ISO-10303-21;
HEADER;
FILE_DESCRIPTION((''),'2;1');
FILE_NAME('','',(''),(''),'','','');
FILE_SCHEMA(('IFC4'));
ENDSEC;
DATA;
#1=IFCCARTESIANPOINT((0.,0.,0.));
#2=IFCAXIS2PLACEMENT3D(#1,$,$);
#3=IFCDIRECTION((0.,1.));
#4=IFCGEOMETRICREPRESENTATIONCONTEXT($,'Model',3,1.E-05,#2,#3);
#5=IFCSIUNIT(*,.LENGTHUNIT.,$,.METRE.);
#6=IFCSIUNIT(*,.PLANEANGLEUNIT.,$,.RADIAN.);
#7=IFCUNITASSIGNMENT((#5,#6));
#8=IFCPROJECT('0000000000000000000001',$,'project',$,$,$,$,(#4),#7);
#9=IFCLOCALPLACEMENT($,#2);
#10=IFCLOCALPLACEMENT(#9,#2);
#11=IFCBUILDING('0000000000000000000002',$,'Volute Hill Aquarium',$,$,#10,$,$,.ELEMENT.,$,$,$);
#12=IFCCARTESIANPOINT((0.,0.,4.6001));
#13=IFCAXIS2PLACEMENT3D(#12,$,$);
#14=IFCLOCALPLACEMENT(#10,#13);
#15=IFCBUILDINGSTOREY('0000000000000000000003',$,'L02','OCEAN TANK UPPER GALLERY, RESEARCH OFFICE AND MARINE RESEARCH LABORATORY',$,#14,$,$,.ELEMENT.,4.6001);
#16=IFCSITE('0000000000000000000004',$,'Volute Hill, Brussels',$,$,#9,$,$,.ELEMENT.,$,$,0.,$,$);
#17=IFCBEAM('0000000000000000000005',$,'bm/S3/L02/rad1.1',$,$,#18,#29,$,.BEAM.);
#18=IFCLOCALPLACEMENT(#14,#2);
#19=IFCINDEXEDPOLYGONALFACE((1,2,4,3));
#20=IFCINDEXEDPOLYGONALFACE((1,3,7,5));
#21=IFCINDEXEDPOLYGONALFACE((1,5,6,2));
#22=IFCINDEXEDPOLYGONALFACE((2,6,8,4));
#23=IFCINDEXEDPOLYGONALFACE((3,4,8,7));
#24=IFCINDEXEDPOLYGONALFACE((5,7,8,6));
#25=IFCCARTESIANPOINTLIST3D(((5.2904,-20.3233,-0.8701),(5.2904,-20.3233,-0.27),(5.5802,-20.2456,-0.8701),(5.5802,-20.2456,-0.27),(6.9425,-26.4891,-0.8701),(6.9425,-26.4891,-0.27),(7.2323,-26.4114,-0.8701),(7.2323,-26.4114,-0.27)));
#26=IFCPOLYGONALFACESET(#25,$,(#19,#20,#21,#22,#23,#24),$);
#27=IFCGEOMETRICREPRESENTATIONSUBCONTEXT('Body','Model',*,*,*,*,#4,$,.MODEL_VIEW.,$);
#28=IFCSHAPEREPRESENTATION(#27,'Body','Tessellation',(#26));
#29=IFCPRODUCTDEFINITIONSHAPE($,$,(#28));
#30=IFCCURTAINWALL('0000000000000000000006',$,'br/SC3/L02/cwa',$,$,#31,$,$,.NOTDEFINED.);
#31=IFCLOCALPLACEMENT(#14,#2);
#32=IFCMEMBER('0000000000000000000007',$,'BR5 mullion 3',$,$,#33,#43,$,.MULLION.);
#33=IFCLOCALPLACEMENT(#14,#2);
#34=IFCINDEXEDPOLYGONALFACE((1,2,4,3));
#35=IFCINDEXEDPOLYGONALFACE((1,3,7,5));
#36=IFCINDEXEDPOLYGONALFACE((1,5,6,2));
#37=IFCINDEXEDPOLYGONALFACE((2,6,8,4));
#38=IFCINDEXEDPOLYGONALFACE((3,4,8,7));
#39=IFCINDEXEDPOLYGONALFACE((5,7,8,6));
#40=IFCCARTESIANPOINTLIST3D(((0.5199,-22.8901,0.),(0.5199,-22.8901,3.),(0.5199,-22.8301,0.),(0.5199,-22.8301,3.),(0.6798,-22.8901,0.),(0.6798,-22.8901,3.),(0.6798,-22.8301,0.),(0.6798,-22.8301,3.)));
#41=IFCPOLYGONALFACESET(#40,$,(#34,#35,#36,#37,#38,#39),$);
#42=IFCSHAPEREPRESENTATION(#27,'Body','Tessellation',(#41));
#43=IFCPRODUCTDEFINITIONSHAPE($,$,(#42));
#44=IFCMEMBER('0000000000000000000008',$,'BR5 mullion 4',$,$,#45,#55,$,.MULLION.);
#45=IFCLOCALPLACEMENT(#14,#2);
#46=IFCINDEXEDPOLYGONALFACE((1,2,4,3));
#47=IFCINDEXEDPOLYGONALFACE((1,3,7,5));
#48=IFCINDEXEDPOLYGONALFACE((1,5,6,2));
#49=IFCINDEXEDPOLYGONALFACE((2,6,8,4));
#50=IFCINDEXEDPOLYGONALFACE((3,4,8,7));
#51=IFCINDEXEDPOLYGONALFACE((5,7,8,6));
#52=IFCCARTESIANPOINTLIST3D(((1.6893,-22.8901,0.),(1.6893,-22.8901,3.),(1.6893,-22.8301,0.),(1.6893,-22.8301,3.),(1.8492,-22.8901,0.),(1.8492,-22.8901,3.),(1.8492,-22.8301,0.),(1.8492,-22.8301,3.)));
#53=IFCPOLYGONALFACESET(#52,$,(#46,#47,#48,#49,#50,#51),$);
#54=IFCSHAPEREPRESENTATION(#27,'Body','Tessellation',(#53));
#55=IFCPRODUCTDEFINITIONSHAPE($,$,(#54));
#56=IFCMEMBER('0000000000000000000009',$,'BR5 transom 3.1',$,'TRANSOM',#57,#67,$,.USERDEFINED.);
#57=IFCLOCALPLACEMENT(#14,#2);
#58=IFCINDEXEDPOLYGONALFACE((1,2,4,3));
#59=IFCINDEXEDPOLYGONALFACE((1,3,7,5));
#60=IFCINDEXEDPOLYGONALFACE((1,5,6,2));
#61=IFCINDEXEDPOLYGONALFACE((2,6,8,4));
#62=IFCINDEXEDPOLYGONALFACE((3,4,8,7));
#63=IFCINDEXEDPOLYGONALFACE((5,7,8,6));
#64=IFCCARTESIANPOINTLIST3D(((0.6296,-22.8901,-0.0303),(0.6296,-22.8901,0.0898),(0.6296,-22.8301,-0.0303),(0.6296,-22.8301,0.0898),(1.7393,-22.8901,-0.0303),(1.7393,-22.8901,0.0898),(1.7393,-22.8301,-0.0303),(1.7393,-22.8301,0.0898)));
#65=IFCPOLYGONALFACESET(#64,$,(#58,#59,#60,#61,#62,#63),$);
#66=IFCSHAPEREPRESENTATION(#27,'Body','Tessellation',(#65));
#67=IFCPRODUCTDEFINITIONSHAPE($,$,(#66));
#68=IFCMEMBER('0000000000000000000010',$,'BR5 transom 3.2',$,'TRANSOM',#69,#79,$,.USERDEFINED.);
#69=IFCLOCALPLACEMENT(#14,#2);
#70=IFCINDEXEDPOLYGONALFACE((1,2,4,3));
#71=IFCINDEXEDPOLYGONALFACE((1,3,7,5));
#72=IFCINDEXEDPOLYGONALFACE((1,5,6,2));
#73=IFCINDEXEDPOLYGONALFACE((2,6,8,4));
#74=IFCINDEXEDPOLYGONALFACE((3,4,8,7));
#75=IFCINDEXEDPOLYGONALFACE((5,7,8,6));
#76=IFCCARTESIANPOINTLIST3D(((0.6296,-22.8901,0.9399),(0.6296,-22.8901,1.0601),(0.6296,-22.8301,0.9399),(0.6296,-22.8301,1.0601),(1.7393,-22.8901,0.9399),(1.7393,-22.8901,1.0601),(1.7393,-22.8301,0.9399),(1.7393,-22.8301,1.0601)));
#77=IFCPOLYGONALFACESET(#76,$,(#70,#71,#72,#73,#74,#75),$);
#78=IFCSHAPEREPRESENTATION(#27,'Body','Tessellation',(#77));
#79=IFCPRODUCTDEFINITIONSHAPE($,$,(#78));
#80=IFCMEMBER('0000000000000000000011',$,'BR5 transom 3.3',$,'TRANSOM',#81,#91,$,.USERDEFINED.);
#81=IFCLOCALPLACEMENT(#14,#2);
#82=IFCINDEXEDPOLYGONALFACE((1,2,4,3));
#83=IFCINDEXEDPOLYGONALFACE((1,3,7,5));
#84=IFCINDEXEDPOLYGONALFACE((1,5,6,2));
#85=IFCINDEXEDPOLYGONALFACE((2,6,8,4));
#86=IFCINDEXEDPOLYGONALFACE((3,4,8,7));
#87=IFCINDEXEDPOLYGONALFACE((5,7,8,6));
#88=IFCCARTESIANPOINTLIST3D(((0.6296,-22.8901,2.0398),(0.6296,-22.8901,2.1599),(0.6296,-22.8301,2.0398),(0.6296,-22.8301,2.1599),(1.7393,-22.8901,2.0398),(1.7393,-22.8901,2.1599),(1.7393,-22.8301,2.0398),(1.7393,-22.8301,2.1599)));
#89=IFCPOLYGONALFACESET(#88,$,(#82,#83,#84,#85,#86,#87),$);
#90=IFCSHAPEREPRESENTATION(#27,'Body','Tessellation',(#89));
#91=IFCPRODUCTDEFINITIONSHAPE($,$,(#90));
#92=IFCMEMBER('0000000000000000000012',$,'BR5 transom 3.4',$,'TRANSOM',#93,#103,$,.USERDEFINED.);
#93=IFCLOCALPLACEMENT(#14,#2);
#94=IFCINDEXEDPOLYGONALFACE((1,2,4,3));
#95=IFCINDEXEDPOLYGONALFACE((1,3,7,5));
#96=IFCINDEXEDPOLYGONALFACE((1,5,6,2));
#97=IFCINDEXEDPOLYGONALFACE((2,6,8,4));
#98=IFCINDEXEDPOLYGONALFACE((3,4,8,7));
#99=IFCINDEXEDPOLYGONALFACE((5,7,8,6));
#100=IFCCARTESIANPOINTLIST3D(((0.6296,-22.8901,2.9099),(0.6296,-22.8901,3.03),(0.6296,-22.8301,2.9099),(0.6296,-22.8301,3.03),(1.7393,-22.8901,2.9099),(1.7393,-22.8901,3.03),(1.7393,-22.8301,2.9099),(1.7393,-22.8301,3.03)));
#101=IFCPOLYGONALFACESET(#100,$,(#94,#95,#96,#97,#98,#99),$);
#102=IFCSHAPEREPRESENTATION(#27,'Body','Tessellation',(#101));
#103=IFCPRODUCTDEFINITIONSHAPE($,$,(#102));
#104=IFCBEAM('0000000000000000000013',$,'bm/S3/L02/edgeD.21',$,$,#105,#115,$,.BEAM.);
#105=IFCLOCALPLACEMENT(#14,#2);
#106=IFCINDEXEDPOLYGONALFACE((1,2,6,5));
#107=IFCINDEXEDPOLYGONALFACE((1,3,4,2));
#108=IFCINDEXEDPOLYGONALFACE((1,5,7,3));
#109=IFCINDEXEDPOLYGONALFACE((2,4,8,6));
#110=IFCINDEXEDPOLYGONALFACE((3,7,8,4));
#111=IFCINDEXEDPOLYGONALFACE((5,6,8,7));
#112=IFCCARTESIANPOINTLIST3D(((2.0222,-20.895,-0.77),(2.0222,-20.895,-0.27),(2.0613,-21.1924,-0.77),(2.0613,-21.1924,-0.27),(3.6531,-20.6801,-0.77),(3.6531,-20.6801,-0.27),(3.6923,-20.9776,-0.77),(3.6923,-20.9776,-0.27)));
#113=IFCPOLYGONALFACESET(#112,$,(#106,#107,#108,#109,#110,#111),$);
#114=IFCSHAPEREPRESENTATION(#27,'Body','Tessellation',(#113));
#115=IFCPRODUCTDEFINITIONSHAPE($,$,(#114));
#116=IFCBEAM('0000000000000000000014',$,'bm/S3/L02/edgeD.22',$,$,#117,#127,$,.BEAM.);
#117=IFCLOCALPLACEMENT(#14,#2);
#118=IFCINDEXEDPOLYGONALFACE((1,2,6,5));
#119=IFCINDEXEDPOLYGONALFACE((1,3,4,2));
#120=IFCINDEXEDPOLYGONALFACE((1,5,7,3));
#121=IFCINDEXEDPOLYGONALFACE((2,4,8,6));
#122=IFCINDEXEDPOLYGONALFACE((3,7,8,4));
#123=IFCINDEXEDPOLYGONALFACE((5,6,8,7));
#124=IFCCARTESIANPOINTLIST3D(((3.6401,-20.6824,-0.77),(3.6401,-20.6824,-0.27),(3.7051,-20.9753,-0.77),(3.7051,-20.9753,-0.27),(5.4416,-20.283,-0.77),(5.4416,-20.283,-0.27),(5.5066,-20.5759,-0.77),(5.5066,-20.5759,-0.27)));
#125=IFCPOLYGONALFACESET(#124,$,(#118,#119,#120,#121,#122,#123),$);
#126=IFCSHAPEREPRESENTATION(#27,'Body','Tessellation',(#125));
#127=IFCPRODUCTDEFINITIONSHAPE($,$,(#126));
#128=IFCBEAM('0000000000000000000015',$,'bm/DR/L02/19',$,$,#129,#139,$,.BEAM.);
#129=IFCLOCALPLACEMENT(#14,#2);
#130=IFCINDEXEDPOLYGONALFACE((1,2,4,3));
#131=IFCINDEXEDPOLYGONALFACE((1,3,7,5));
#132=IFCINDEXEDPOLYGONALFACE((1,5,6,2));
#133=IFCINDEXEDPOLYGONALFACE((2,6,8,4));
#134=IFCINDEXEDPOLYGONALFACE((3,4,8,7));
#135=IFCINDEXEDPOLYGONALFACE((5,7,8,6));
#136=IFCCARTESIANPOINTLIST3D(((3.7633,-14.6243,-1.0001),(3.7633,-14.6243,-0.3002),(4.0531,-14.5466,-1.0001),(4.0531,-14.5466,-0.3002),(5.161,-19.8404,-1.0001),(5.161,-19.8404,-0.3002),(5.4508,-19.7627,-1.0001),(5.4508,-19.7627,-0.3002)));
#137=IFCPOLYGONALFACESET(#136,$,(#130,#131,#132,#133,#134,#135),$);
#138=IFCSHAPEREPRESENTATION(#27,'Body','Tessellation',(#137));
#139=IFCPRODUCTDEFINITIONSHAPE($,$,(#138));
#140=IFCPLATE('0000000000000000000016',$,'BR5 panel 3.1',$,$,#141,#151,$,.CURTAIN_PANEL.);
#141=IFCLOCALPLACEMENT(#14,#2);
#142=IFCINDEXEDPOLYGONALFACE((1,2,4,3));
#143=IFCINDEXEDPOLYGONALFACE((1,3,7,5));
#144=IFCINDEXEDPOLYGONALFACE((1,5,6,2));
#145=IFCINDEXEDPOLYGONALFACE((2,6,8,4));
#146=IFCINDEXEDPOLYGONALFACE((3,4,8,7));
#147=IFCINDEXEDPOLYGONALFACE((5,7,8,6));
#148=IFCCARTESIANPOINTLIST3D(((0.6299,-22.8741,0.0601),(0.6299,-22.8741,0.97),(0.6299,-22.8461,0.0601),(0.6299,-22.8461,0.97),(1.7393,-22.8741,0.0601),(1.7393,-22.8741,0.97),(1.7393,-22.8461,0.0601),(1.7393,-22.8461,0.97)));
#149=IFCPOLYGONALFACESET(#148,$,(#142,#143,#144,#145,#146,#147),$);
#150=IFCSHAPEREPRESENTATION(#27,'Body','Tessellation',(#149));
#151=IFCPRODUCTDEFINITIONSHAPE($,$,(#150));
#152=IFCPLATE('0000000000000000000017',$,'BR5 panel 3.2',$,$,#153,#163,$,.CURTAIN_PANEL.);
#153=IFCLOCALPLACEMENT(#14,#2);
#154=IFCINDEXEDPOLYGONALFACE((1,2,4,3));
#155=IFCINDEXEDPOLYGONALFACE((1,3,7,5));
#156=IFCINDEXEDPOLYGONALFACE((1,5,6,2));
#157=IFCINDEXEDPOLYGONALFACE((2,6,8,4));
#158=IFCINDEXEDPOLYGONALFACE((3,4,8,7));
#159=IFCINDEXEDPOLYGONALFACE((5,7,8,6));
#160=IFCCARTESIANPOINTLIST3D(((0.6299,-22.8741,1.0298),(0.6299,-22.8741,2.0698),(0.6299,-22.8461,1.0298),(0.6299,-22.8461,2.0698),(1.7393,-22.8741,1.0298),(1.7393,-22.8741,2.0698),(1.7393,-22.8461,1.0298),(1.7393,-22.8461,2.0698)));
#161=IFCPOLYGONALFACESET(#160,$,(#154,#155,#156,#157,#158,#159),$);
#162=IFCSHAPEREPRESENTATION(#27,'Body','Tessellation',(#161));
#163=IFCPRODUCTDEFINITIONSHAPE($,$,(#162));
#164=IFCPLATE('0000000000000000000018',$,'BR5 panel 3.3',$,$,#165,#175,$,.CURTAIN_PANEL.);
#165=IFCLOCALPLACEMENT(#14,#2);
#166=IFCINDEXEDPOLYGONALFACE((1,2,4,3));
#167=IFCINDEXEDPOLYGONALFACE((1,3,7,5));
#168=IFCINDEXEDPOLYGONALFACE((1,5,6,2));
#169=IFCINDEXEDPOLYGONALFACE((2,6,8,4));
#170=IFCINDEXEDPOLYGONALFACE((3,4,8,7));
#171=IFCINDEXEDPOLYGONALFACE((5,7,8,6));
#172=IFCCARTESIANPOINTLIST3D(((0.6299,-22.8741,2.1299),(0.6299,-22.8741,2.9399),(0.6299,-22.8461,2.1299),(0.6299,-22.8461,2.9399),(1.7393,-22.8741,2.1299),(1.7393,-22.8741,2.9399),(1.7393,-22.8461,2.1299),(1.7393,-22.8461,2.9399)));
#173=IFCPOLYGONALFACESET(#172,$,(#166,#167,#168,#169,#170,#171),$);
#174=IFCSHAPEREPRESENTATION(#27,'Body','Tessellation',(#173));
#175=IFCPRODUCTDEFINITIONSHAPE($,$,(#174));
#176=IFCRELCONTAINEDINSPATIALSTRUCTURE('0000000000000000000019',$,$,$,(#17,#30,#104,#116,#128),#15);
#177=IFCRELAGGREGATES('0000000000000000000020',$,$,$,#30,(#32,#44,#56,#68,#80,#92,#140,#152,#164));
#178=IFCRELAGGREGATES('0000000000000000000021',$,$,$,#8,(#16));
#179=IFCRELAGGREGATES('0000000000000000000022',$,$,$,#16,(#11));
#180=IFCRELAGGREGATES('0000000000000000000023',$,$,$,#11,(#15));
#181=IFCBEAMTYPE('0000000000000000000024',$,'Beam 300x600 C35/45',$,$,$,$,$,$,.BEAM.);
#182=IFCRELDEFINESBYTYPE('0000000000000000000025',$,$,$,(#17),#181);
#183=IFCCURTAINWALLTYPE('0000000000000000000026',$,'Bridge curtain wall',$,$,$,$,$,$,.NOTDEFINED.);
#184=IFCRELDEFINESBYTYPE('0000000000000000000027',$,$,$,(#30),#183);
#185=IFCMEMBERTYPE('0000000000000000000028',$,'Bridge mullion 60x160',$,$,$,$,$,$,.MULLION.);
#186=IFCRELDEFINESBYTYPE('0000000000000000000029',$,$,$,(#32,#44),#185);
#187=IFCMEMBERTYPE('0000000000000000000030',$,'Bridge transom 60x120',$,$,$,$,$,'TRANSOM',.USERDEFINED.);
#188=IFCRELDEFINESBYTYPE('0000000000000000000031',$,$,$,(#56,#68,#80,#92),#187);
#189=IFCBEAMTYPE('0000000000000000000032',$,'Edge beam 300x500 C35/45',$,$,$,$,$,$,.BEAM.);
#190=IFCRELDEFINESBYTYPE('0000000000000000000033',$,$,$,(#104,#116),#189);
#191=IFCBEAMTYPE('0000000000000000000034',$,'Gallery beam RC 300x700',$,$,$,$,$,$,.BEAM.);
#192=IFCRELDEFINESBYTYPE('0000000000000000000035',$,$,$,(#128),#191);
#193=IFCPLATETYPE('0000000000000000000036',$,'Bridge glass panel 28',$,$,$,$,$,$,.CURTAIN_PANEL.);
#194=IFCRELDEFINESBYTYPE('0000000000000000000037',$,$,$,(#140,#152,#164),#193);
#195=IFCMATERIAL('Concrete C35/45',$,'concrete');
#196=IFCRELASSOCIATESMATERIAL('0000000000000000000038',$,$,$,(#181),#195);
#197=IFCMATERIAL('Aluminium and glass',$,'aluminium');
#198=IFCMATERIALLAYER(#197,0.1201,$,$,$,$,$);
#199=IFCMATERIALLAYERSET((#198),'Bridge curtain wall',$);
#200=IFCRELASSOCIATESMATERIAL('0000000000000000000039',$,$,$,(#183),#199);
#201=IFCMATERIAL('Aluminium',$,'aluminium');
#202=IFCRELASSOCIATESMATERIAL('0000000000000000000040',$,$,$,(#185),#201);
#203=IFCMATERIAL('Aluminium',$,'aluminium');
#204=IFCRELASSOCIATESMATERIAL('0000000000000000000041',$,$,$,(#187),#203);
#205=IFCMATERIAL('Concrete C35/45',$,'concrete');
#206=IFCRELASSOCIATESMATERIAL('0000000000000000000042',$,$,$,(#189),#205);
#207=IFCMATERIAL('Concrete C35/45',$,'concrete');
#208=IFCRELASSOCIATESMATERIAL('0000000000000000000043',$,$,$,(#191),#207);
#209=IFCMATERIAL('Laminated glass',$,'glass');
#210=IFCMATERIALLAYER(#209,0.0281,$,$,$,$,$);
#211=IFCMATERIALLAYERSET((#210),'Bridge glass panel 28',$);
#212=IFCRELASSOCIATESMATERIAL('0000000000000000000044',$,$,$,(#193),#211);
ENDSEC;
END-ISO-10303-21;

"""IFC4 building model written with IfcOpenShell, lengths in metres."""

from ifc_helpers import new_model, si_unit, direction, frame, origin, origin_2d, place, context, subcontext, project, spatial, rectangle, extrude, material, layer, layer_set, material_profile, profile_set, type_object, element, aggregate, save


model = new_model("IFC4")

# Units and contexts
model_context = context("Model", 3, precision=1e-05, world=origin(), true_north=direction((0.0, 1.0)))
body_context = subcontext(model_context, "Body", "Model", "MODEL_VIEW")
ifc_project = project(units=[si_unit("LENGTHUNIT", "METRE"), si_unit("PLANEANGLEUNIT", "RADIAN")], contexts=[model_context])

# Site, building, storey
site_placement = place(None, origin())
site = spatial("IfcSite", under=ifc_project, at=site_placement, Name="Volute Hill, Brussels", CompositionType="ELEMENT", RefElevation=0.0)
building_placement = place(site_placement, origin())
building = spatial("IfcBuilding", under=site, at=building_placement, Name="Volute Hill Aquarium", CompositionType="ELEMENT")
storey_placement = place(building_placement, frame((0.0, 0.0, 4.6001)))
storey = spatial("IfcBuildingStorey", under=building, at=storey_placement, Name="L02", Description="OCEAN TANK UPPER GALLERY, RESEARCH OFFICE AND MARINE RESEARCH LABORATORY", CompositionType="ELEMENT", Elevation=4.6001)

# Beam
ifc_material_1 = material(Name="Concrete C35/45", Category="concrete")
ifc_material_profile_1 = material_profile(ifc_material_1, rectangle(XDim=0.3, YDim=0.6001, at=origin_2d()), Name="RC beam 300x600")
ifc_profile_set_1 = profile_set([ifc_material_profile_1], Name="Concrete C35/45")
beam_type_1 = type_object("IfcBeamType", Name="Beam 300x600 C35/45", PredefinedType="BEAM", material=ifc_profile_set_1)
beam_1_placement = place(storey_placement, frame((5.4353, -20.2844, -0.5701), z_axis=(0.258817, -0.965926, 0.0), x_axis=(0.965926, 0.258817, 0.0)))
element("IfcBeam", 1, at=beam_1_placement, inside=storey, type_object=beam_type_1, Name="bm/S3/L02/rad1.1", PredefinedType="BEAM", context=body_context, shape_type="SweptSolid", body=[
    extrude(rectangle(XDim=0.3, YDim=0.6001, at=origin_2d()), origin(), (0.0, 0.0, 1.0), 6.3833),
])

# Curtain wall, members
ifc_material_2 = material(Name="Aluminium and glass", Category="aluminium")
ifc_layer_1 = layer(ifc_material_2, 0.1201)
ifc_layer_set_1 = layer_set([ifc_layer_1], Name="Bridge curtain wall")
curtain_wall_type = type_object("IfcCurtainWallType", Name="Bridge curtain wall", PredefinedType="NOTDEFINED", material=ifc_layer_set_1)
curtain_wall_placement = place(storey_placement, origin())
curtain_wall = element("IfcCurtainWall", 2, at=curtain_wall_placement, inside=storey, type_object=curtain_wall_type, Name="br/SC3/L02/cwa", PredefinedType="NOTDEFINED")
ifc_material_3 = material(Name="Aluminium", Category="aluminium")
ifc_material_profile_2 = material_profile(ifc_material_3, rectangle(XDim=0.0601, YDim=0.1599, at=origin_2d()), Name="Aluminium mullion 60x160")
ifc_profile_set_2 = profile_set([ifc_material_profile_2], Name="Aluminium")
member_type_1 = type_object("IfcMemberType", Name="Bridge mullion 60x160", PredefinedType="MULLION", material=ifc_profile_set_2)
member_1_placement = place(storey_placement, frame((0.5999, -22.8601, 0.0), z_axis=(0.0, 0.0, 1.0), x_axis=(0.0, 1.0, 0.0)))
member_1 = element("IfcMember", 3, at=member_1_placement, type_object=member_type_1, Name="BR5 mullion 3", PredefinedType="MULLION", context=body_context, shape_type="SweptSolid", body=[
    extrude(rectangle(XDim=0.0601, YDim=0.1599, at=origin_2d()), origin(), (0.0, 0.0, 1.0), 3.0),
])
member_2_placement = place(storey_placement, frame((1.7693, -22.8601, 0.0), z_axis=(0.0, 0.0, 1.0), x_axis=(0.0, 1.0, 0.0)))
member_2 = element("IfcMember", 4, at=member_2_placement, type_object=member_type_1, Name="BR5 mullion 4", PredefinedType="MULLION", context=body_context, shape_type="SweptSolid", body=[
    extrude(rectangle(XDim=0.0601, YDim=0.1599, at=origin_2d()), origin(), (0.0, 0.0, 1.0), 3.0),
])
ifc_material_4 = material(Name="Aluminium", Category="aluminium")
ifc_material_profile_3 = material_profile(ifc_material_4, rectangle(XDim=0.0601, YDim=0.1201, at=origin_2d()), Name="Aluminium transom 60x120")
ifc_profile_set_3 = profile_set([ifc_material_profile_3], Name="Aluminium")
member_type_2 = type_object("IfcMemberType", Name="Bridge transom 60x120", ElementType="TRANSOM", PredefinedType="USERDEFINED", material=ifc_profile_set_3)
member_3_placement = place(storey_placement, frame((0.6296, -22.8601, 0.0298), z_axis=(1.0, 0.0, 0.0), x_axis=(0.0, 1.0, 0.0)))
member_3 = element("IfcMember", 5, at=member_3_placement, type_object=member_type_2, Name="BR5 transom 3.1", ObjectType="TRANSOM", PredefinedType="USERDEFINED", context=body_context, shape_type="SweptSolid", body=[
    extrude(rectangle(XDim=0.0601, YDim=0.1201, at=origin_2d()), origin(), (0.0, 0.0, 1.0), 1.1096),
])
member_4_placement = place(storey_placement, frame((0.6296, -22.8601, 1.0), z_axis=(1.0, 0.0, 0.0), x_axis=(0.0, 1.0, 0.0)))
member_4 = element("IfcMember", 6, at=member_4_placement, type_object=member_type_2, Name="BR5 transom 3.2", ObjectType="TRANSOM", PredefinedType="USERDEFINED", context=body_context, shape_type="SweptSolid", body=[
    extrude(rectangle(XDim=0.0601, YDim=0.1201, at=origin_2d()), origin(), (0.0, 0.0, 1.0), 1.1096),
])
member_5_placement = place(storey_placement, frame((0.6296, -22.8601, 2.0999), z_axis=(1.0, 0.0, 0.0), x_axis=(0.0, 1.0, 0.0)))
member_5 = element("IfcMember", 7, at=member_5_placement, type_object=member_type_2, Name="BR5 transom 3.3", ObjectType="TRANSOM", PredefinedType="USERDEFINED", context=body_context, shape_type="SweptSolid", body=[
    extrude(rectangle(XDim=0.0601, YDim=0.1201, at=origin_2d()), origin(), (0.0, 0.0, 1.0), 1.1096),
])
member_6_placement = place(storey_placement, frame((0.6296, -22.8601, 2.97), z_axis=(1.0, 0.0, 0.0), x_axis=(0.0, 1.0, 0.0)))
member_6 = element("IfcMember", 8, at=member_6_placement, type_object=member_type_2, Name="BR5 transom 3.4", ObjectType="TRANSOM", PredefinedType="USERDEFINED", context=body_context, shape_type="SweptSolid", body=[
    extrude(rectangle(XDim=0.0601, YDim=0.1201, at=origin_2d()), origin(), (0.0, 0.0, 1.0), 1.1096),
])

# Beams
ifc_material_5 = material(Name="Concrete C35/45", Category="concrete")
ifc_material_profile_4 = material_profile(ifc_material_5, rectangle(XDim=0.3, YDim=0.5, at=origin_2d()), Name="RC edge beam 300x500")
ifc_profile_set_4 = profile_set([ifc_material_profile_4], Name="Concrete C35/45")
beam_type_2 = type_object("IfcBeamType", Name="Edge beam 300x500 C35/45", PredefinedType="BEAM", material=ifc_profile_set_4)
beam_2_placement = place(storey_placement, frame((2.0417, -21.0437, -0.52), z_axis=(0.991434, 0.130608, 0.0), x_axis=(-0.130608, 0.991434, 0.0)))
element("IfcBeam", 9, at=beam_2_placement, inside=storey, type_object=beam_type_2, Name="bm/S3/L02/edgeD.21", PredefinedType="BEAM", context=body_context, shape_type="SweptSolid", body=[
    extrude(rectangle(XDim=0.3, YDim=0.5, at=origin_2d()), origin(), (0.0, 0.0, 1.0), 1.645),
])
beam_3_placement = place(storey_placement, frame((3.6726, -20.8289, -0.52), z_axis=(0.976293, 0.216454, 0.0), x_axis=(-0.216454, 0.976293, 0.0)))
element("IfcBeam", 10, at=beam_3_placement, inside=storey, type_object=beam_type_2, Name="bm/S3/L02/edgeD.22", PredefinedType="BEAM", context=body_context, shape_type="SweptSolid", body=[
    extrude(rectangle(XDim=0.3, YDim=0.5, at=origin_2d()), origin(), (0.0, 0.0, 1.0), 1.8452),
])
ifc_material_6 = material(Name="Concrete C35/45", Category="concrete")
ifc_material_profile_5 = material_profile(ifc_material_6, rectangle(XDim=0.3, YDim=0.7, at=origin_2d()), Name="RC beam 300x700")
ifc_profile_set_5 = profile_set([ifc_material_profile_5], Name="Concrete C35/45")
beam_type_3 = type_object("IfcBeamType", Name="Gallery beam RC 300x700", PredefinedType="BEAM", material=ifc_profile_set_5)
beam_4_placement = place(storey_placement, frame((3.9082, -14.5854, -0.6501), z_axis=(0.25883, -0.965923, 0.0), x_axis=(0.965923, 0.25883, 0.0)))
element("IfcBeam", 11, at=beam_4_placement, inside=storey, type_object=beam_type_3, Name="bm/DR/L02/19", PredefinedType="BEAM", context=body_context, shape_type="SweptSolid", body=[
    extrude(rectangle(XDim=0.3, YDim=0.7, at=origin_2d()), origin(), (0.0, 0.0, 1.0), 5.4001),
])

# Plates
ifc_material_7 = material(Name="Laminated glass", Category="glass")
ifc_layer_2 = layer(ifc_material_7, 0.0281)
ifc_layer_set_2 = layer_set([ifc_layer_2], Name="Bridge glass panel 28")
plate_type = type_object("IfcPlateType", Name="Bridge glass panel 28", PredefinedType="CURTAIN_PANEL", material=ifc_layer_set_2)
plate_1_placement = place(storey_placement, frame((1.1846, -22.8601, 0.0601), z_axis=(0.0, 0.0, 1.0), x_axis=(1.0, 0.0, 0.0)))
plate_1 = element("IfcPlate", 12, at=plate_1_placement, type_object=plate_type, Name="BR5 panel 3.1", PredefinedType="CURTAIN_PANEL", context=body_context, shape_type="SweptSolid", body=[
    extrude(rectangle(XDim=1.1094, YDim=0.0281, at=origin_2d()), origin(), (0.0, 0.0, 1.0), 0.9099),
])
plate_2_placement = place(storey_placement, frame((1.1846, -22.8601, 1.0298), z_axis=(0.0, 0.0, 1.0), x_axis=(1.0, 0.0, 0.0)))
plate_2 = element("IfcPlate", 13, at=plate_2_placement, type_object=plate_type, Name="BR5 panel 3.2", PredefinedType="CURTAIN_PANEL", context=body_context, shape_type="SweptSolid", body=[
    extrude(rectangle(XDim=1.1094, YDim=0.0281, at=origin_2d()), origin(), (0.0, 0.0, 1.0), 1.04),
])
plate_3_placement = place(storey_placement, frame((1.1846, -22.8601, 2.1299), z_axis=(0.0, 0.0, 1.0), x_axis=(1.0, 0.0, 0.0)))
plate_3 = element("IfcPlate", 14, at=plate_3_placement, type_object=plate_type, Name="BR5 panel 3.3", PredefinedType="CURTAIN_PANEL", context=body_context, shape_type="SweptSolid", body=[
    extrude(rectangle(XDim=1.1094, YDim=0.0281, at=origin_2d()), origin(), (0.0, 0.0, 1.0), 0.8101),
])
aggregate(curtain_wall, [member_1, member_2, member_3, member_4, member_5, member_6, plate_1, plate_2, plate_3])

save(model, "model.ifc")
